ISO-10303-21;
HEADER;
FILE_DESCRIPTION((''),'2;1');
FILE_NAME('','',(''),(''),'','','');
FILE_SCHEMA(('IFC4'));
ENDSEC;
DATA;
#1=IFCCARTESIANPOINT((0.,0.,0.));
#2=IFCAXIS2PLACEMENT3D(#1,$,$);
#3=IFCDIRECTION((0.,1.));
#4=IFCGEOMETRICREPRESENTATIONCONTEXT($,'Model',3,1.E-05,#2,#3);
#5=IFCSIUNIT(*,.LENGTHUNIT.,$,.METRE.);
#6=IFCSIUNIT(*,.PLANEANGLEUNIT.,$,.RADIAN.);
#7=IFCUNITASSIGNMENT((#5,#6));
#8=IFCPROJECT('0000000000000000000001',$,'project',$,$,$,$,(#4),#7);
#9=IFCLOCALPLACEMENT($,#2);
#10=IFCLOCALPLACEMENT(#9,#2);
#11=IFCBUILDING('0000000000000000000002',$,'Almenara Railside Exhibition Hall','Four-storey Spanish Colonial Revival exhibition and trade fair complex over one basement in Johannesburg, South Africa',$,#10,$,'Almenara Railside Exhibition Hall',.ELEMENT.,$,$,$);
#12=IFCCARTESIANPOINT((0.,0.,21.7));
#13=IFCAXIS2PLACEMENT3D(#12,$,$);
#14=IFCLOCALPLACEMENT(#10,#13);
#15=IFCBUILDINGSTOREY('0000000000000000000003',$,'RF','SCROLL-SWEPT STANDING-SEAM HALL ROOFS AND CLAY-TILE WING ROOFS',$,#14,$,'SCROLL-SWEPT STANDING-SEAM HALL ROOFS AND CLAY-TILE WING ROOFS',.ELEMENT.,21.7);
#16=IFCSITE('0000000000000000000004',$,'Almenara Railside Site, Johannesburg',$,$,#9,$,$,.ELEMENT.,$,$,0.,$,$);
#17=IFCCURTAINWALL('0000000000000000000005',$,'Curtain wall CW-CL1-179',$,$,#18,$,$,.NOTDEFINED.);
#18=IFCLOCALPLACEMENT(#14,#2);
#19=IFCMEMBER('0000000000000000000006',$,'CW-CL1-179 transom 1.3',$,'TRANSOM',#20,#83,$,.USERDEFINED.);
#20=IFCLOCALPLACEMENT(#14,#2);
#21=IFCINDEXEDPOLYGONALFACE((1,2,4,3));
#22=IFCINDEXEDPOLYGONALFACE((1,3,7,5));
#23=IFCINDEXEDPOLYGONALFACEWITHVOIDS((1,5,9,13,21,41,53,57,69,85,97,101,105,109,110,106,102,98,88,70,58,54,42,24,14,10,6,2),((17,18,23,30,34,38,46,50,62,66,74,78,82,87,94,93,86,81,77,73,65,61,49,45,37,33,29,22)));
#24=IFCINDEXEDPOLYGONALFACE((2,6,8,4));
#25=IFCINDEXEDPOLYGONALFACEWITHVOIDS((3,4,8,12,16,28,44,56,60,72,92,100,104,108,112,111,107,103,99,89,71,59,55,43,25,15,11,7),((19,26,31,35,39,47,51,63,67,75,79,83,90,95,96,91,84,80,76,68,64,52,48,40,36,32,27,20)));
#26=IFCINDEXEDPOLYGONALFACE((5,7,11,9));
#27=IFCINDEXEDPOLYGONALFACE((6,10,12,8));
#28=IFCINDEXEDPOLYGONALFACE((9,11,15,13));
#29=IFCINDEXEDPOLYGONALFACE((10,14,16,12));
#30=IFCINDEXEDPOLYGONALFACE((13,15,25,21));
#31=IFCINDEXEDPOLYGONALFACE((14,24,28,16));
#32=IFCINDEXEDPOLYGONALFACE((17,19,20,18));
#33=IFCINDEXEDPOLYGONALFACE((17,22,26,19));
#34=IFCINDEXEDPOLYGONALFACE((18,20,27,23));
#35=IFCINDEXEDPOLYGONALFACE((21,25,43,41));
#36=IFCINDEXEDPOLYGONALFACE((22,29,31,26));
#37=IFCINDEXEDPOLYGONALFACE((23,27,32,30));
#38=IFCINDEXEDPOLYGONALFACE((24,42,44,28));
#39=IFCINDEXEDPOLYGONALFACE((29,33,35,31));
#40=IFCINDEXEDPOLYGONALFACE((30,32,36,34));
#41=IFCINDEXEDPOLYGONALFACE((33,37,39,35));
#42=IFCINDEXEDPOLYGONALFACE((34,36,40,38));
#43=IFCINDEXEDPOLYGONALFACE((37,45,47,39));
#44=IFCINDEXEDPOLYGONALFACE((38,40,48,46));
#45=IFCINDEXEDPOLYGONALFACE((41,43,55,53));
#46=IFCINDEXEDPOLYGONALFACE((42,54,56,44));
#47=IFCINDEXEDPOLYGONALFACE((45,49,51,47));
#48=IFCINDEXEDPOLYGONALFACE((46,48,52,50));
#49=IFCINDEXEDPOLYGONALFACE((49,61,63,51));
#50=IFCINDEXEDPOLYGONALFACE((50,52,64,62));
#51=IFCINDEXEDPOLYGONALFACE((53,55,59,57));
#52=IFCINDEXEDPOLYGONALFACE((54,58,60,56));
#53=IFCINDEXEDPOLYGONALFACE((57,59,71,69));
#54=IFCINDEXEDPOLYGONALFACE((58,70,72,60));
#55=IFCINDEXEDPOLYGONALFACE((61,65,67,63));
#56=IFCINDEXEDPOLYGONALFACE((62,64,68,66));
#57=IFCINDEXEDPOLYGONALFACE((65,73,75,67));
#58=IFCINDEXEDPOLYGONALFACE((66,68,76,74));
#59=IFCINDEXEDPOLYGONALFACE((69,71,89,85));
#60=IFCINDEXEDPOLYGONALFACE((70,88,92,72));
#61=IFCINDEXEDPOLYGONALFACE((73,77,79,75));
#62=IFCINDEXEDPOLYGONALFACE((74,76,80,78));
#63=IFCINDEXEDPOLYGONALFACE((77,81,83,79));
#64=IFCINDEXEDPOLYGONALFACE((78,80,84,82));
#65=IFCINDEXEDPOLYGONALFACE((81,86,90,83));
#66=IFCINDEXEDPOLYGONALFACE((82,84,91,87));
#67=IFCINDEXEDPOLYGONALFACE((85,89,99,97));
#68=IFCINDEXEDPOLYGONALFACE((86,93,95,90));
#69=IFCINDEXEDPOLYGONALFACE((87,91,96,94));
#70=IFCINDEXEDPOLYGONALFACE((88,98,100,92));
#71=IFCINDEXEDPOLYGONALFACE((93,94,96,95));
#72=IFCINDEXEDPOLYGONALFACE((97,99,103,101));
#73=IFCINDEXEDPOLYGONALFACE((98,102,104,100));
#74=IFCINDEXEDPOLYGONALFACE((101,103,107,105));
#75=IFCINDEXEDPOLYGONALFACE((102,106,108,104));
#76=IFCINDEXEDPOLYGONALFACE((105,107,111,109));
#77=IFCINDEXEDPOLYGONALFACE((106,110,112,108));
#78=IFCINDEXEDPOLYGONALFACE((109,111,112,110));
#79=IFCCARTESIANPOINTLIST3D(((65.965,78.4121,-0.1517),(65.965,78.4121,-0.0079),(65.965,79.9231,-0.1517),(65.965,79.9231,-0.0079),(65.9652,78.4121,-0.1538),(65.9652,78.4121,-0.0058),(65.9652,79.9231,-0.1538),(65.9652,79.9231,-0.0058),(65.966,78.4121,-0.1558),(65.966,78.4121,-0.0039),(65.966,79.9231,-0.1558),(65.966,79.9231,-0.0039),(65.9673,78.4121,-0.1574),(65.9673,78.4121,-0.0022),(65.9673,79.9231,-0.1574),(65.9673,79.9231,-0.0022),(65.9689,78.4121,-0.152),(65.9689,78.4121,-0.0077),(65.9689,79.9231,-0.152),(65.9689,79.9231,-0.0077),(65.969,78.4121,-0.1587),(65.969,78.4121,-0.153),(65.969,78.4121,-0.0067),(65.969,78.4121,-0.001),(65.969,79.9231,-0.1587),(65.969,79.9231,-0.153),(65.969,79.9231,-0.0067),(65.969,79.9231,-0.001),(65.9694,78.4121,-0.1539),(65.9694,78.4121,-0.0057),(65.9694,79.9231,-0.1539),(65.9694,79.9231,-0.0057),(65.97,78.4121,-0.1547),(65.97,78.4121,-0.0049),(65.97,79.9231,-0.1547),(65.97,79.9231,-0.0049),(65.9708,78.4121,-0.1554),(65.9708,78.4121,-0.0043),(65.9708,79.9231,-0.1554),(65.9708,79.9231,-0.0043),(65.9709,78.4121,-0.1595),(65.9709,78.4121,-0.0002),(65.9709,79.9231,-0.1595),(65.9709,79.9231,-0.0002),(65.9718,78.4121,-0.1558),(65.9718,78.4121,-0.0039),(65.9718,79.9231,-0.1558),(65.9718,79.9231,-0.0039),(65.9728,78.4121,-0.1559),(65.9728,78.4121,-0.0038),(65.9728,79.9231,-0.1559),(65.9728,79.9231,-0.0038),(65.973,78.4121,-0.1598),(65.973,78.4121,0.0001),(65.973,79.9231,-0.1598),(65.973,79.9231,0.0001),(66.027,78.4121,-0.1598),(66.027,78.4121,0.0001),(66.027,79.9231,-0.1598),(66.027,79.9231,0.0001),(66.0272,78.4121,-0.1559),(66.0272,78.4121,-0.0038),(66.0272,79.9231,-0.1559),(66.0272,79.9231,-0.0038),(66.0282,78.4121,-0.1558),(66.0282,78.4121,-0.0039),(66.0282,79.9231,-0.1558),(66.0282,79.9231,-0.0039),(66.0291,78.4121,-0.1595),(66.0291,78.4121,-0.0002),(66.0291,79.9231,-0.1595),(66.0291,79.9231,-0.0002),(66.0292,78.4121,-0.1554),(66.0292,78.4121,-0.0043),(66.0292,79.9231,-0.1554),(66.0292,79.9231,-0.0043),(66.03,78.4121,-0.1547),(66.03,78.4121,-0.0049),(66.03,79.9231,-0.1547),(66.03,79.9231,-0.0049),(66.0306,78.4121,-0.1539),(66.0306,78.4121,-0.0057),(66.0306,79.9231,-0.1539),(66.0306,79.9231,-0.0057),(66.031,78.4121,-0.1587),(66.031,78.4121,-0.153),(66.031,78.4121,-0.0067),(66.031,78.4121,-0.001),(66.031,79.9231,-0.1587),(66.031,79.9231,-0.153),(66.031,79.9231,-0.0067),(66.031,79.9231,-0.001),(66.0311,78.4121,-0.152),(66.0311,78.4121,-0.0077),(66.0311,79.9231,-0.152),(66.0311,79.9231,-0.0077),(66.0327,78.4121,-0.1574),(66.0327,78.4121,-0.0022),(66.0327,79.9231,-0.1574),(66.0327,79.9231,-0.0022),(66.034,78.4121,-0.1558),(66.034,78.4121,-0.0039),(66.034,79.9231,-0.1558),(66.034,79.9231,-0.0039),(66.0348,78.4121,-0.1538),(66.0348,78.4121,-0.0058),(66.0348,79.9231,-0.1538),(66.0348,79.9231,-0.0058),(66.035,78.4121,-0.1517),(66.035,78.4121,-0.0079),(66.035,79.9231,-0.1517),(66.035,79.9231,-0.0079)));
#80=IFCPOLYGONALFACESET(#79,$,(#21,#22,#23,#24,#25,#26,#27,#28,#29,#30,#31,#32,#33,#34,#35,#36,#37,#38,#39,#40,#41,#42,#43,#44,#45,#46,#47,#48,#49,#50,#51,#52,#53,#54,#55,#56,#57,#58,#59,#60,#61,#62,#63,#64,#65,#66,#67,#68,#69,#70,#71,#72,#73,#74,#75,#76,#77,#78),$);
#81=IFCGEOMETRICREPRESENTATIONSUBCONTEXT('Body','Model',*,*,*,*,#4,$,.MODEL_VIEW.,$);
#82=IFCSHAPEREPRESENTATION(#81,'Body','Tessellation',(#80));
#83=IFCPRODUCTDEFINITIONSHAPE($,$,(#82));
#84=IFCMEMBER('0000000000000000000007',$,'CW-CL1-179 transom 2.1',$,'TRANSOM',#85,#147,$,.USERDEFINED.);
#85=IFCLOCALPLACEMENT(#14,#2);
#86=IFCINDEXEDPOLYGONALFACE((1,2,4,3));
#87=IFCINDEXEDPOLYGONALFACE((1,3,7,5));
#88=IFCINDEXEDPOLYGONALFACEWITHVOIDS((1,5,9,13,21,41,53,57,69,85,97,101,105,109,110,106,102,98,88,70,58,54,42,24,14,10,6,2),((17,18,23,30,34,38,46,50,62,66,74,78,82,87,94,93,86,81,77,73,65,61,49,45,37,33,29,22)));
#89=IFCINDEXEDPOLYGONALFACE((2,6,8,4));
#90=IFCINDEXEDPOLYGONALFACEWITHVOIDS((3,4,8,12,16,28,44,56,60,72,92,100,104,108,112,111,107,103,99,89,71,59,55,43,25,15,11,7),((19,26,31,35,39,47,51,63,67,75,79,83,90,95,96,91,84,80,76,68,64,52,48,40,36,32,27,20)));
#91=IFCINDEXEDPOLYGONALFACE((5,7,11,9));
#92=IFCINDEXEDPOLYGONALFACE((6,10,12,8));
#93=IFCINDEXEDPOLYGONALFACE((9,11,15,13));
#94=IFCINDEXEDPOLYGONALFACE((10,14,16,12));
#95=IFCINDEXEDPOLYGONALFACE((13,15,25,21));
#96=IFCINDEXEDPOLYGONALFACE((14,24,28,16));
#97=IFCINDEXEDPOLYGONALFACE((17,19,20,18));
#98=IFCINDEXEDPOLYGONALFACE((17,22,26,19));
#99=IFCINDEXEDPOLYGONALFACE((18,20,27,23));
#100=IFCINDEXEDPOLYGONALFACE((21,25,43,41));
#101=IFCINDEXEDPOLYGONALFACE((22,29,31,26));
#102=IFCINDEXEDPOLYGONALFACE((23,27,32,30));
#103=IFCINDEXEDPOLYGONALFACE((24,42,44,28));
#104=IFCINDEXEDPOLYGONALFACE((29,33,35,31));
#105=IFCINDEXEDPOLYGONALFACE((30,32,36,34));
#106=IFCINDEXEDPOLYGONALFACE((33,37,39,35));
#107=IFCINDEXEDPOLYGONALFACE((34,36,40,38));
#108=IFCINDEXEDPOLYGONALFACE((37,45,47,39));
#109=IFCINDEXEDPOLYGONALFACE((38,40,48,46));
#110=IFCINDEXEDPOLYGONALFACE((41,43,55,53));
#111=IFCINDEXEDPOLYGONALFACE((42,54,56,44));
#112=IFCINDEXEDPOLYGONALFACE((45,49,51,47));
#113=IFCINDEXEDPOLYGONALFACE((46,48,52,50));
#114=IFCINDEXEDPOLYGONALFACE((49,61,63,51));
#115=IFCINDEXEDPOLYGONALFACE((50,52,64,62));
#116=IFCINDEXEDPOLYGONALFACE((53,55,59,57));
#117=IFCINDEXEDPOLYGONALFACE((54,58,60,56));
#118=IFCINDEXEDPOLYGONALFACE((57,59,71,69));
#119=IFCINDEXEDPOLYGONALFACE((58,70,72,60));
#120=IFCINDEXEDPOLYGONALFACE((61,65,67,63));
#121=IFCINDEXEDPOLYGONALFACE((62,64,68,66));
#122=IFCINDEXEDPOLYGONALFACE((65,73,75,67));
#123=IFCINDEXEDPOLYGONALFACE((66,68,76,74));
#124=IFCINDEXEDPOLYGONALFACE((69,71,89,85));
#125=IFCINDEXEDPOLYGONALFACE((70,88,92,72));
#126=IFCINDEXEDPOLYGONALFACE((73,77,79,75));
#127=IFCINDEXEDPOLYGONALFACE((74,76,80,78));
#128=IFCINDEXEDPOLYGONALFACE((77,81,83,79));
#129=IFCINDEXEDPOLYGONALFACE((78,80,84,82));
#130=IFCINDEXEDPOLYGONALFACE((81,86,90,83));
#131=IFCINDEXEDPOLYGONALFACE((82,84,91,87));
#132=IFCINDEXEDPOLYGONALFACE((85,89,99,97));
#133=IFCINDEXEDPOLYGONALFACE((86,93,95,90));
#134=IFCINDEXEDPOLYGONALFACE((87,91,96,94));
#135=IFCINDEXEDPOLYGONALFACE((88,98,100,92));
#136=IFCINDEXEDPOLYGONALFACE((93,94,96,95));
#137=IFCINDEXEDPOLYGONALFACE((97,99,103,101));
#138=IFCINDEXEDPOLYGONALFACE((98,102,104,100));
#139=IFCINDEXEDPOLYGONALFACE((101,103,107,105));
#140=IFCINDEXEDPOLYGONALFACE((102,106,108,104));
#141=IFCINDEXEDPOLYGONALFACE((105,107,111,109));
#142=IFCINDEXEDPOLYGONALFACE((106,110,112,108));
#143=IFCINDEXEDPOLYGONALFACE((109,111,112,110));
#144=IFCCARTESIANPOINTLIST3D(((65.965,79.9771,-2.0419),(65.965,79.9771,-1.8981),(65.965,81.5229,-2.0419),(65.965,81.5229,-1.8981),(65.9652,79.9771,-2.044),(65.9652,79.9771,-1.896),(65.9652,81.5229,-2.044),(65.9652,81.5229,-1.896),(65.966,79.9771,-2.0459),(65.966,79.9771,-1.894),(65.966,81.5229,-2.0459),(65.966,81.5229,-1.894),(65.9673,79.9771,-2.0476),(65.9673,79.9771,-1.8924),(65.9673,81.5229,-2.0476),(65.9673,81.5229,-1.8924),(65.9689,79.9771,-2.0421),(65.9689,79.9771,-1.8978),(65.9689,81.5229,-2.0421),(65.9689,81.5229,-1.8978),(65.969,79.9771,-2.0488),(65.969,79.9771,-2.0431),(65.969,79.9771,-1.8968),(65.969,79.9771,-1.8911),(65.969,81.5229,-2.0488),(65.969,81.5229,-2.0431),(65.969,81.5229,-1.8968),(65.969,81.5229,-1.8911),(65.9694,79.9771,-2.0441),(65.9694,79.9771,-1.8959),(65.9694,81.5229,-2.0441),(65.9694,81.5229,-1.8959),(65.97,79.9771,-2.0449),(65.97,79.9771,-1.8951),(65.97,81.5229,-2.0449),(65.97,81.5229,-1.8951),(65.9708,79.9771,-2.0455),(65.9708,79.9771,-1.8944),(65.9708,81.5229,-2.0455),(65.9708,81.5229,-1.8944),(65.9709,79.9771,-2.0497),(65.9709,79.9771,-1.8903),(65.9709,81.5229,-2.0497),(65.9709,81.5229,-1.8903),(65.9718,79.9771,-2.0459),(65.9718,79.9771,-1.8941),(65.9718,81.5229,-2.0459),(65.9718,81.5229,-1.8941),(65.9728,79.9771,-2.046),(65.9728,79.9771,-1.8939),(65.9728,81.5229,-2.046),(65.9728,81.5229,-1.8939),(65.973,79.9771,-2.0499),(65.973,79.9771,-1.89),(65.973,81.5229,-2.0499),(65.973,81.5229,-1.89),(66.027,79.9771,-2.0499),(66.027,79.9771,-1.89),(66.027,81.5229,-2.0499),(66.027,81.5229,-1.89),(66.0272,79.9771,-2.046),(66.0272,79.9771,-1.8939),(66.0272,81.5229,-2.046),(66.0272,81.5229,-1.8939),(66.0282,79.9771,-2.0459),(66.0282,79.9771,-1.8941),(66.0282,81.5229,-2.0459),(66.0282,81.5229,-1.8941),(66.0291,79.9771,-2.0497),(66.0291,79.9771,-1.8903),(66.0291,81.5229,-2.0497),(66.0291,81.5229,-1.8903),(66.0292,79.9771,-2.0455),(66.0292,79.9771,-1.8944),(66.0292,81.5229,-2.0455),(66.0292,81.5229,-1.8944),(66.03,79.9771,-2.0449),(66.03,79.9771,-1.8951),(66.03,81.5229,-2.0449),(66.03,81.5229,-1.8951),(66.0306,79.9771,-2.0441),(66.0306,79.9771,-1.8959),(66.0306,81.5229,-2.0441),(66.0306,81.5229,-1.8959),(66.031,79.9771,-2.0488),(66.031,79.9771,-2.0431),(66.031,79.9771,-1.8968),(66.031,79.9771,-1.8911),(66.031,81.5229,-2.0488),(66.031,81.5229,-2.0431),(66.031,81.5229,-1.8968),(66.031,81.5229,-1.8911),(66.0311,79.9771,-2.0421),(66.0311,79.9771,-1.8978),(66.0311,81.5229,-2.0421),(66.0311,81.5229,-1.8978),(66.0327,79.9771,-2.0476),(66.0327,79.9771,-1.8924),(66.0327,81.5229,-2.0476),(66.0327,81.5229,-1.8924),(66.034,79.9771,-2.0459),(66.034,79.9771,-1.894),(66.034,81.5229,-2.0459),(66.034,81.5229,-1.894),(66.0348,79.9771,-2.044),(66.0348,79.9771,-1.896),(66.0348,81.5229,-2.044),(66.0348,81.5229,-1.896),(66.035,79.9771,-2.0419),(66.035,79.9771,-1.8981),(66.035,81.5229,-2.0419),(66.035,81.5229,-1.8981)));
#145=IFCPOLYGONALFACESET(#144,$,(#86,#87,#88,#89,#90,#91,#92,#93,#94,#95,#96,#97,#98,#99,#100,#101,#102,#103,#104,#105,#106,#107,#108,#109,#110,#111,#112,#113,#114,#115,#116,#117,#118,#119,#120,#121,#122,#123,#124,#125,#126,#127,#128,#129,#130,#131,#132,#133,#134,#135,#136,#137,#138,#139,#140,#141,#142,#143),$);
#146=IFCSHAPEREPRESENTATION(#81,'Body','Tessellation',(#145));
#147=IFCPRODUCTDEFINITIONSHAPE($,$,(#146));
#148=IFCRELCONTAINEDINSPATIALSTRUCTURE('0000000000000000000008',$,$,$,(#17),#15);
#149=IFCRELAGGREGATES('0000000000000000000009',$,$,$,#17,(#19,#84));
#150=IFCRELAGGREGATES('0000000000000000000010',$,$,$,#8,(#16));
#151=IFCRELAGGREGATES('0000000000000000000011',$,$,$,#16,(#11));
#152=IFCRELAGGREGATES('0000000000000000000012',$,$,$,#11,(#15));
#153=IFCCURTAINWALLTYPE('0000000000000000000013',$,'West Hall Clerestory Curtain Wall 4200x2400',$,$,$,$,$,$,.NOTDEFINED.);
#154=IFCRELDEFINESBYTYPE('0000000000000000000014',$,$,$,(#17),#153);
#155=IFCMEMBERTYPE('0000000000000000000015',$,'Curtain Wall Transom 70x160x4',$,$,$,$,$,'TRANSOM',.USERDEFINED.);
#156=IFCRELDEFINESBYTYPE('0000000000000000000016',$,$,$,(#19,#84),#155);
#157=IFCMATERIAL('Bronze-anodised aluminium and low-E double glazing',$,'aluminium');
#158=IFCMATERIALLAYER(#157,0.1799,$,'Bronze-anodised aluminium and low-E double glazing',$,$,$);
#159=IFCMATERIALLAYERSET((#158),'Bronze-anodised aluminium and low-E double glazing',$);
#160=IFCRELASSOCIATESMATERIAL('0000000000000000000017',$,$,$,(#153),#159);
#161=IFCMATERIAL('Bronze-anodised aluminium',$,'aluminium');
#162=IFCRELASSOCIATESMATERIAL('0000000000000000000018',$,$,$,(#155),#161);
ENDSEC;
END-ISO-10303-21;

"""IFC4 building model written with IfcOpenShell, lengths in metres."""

from ifc_helpers import new_model, si_unit, direction, frame, origin, origin_2d, place, context, subcontext, project, spatial, hollow_rectangle, extrude, material, layer, layer_set, material_profile, profile_set, type_object, element, aggregate, save


model = new_model("IFC4")

# Units and contexts
model_context = context("Model", 3, precision=1e-05, world=origin(), true_north=direction((0.0, 1.0)))
body_context = subcontext(model_context, "Body", "Model", "MODEL_VIEW")
ifc_project = project(units=[si_unit("LENGTHUNIT", "METRE"), si_unit("PLANEANGLEUNIT", "RADIAN")], contexts=[model_context])

# Site, building, storey
site_placement = place(None, origin())
site = spatial("IfcSite", under=ifc_project, at=site_placement, Name="Almenara Railside Site, Johannesburg", CompositionType="ELEMENT", RefElevation=0.0)
building_placement = place(site_placement, origin())
building = spatial("IfcBuilding", under=site, at=building_placement, Name="Almenara Railside Exhibition Hall", Description="Four-storey Spanish Colonial Revival exhibition and trade fair complex over one basement in Johannesburg, South Africa", LongName="Almenara Railside Exhibition Hall", CompositionType="ELEMENT")
storey_placement = place(building_placement, frame((0.0, 0.0, 21.7)))
storey = spatial("IfcBuildingStorey", under=building, at=storey_placement, Name="RF", Description="SCROLL-SWEPT STANDING-SEAM HALL ROOFS AND CLAY-TILE WING ROOFS", LongName="SCROLL-SWEPT STANDING-SEAM HALL ROOFS AND CLAY-TILE WING ROOFS", CompositionType="ELEMENT", Elevation=21.7)

# Curtain wall
ifc_material_1 = material(Name="Bronze-anodised aluminium and low-E double glazing", Category="aluminium")
ifc_layer_1 = layer(ifc_material_1, 0.1799, Name="Bronze-anodised aluminium and low-E double glazing")
ifc_layer_set_1 = layer_set([ifc_layer_1], Name="Bronze-anodised aluminium and low-E double glazing")
curtain_wall_type = type_object("IfcCurtainWallType", Name="West Hall Clerestory Curtain Wall 4200x2400", PredefinedType="NOTDEFINED", material=ifc_layer_set_1)
ifc_material_2 = material(Name="Bronze-anodised aluminium", Category="aluminium")
curtain_wall_1_placement = place(storey_placement, origin())
curtain_wall_1 = element("IfcCurtainWall", 1, at=curtain_wall_1_placement, inside=storey, type_object=curtain_wall_type, Name="Curtain wall CW-CL1-179", PredefinedType="NOTDEFINED")

# Members
ifc_material_profile_1 = material_profile(ifc_material_2, hollow_rectangle(XDim=0.0701, YDim=0.1599, WallThickness=0.0039, InnerFilletRadius=0.0039, OuterFilletRadius=0.0081, at=origin_2d()), Name="ALU-TRN 70x160x4")
ifc_profile_set_1 = profile_set([ifc_material_profile_1], Name="Bronze-anodised aluminium")
member_type_1 = type_object("IfcMemberType", Name="Curtain Wall Transom 70x160x4", ElementType="TRANSOM", PredefinedType="USERDEFINED", material=ifc_profile_set_1)
member_1_placement = place(storey_placement, frame((66.0, 78.4121, -0.0798), z_axis=(0.0, 1.0, 0.0), x_axis=(-1.0, 0.0, 0.0)))
member_1 = element("IfcMember", 2, at=member_1_placement, type_object=member_type_1, Name="CW-CL1-179 transom 1.3", ObjectType="TRANSOM", PredefinedType="USERDEFINED", context=body_context, shape_type="SweptSolid", body=[
    extrude(hollow_rectangle(XDim=0.0701, YDim=0.1599, WallThickness=0.0039, InnerFilletRadius=0.0039, OuterFilletRadius=0.0081, at=origin_2d()), origin(), (0.0, 0.0, 1.0), 1.511),
])
member_2_placement = place(storey_placement, frame((66.0, 79.9771, -1.97), z_axis=(0.0, 1.0, 0.0), x_axis=(-1.0, 0.0, 0.0)))
member_2 = element("IfcMember", 3, at=member_2_placement, type_object=member_type_1, Name="CW-CL1-179 transom 2.1", ObjectType="TRANSOM", PredefinedType="USERDEFINED", context=body_context, shape_type="SweptSolid", body=[
    extrude(hollow_rectangle(XDim=0.0701, YDim=0.1599, WallThickness=0.0039, InnerFilletRadius=0.0039, OuterFilletRadius=0.0081, at=origin_2d()), origin(), (0.0, 0.0, 1.0), 1.5459),
])

aggregate(curtain_wall_1, [member_1, member_2])

save(model, "model.ifc")
